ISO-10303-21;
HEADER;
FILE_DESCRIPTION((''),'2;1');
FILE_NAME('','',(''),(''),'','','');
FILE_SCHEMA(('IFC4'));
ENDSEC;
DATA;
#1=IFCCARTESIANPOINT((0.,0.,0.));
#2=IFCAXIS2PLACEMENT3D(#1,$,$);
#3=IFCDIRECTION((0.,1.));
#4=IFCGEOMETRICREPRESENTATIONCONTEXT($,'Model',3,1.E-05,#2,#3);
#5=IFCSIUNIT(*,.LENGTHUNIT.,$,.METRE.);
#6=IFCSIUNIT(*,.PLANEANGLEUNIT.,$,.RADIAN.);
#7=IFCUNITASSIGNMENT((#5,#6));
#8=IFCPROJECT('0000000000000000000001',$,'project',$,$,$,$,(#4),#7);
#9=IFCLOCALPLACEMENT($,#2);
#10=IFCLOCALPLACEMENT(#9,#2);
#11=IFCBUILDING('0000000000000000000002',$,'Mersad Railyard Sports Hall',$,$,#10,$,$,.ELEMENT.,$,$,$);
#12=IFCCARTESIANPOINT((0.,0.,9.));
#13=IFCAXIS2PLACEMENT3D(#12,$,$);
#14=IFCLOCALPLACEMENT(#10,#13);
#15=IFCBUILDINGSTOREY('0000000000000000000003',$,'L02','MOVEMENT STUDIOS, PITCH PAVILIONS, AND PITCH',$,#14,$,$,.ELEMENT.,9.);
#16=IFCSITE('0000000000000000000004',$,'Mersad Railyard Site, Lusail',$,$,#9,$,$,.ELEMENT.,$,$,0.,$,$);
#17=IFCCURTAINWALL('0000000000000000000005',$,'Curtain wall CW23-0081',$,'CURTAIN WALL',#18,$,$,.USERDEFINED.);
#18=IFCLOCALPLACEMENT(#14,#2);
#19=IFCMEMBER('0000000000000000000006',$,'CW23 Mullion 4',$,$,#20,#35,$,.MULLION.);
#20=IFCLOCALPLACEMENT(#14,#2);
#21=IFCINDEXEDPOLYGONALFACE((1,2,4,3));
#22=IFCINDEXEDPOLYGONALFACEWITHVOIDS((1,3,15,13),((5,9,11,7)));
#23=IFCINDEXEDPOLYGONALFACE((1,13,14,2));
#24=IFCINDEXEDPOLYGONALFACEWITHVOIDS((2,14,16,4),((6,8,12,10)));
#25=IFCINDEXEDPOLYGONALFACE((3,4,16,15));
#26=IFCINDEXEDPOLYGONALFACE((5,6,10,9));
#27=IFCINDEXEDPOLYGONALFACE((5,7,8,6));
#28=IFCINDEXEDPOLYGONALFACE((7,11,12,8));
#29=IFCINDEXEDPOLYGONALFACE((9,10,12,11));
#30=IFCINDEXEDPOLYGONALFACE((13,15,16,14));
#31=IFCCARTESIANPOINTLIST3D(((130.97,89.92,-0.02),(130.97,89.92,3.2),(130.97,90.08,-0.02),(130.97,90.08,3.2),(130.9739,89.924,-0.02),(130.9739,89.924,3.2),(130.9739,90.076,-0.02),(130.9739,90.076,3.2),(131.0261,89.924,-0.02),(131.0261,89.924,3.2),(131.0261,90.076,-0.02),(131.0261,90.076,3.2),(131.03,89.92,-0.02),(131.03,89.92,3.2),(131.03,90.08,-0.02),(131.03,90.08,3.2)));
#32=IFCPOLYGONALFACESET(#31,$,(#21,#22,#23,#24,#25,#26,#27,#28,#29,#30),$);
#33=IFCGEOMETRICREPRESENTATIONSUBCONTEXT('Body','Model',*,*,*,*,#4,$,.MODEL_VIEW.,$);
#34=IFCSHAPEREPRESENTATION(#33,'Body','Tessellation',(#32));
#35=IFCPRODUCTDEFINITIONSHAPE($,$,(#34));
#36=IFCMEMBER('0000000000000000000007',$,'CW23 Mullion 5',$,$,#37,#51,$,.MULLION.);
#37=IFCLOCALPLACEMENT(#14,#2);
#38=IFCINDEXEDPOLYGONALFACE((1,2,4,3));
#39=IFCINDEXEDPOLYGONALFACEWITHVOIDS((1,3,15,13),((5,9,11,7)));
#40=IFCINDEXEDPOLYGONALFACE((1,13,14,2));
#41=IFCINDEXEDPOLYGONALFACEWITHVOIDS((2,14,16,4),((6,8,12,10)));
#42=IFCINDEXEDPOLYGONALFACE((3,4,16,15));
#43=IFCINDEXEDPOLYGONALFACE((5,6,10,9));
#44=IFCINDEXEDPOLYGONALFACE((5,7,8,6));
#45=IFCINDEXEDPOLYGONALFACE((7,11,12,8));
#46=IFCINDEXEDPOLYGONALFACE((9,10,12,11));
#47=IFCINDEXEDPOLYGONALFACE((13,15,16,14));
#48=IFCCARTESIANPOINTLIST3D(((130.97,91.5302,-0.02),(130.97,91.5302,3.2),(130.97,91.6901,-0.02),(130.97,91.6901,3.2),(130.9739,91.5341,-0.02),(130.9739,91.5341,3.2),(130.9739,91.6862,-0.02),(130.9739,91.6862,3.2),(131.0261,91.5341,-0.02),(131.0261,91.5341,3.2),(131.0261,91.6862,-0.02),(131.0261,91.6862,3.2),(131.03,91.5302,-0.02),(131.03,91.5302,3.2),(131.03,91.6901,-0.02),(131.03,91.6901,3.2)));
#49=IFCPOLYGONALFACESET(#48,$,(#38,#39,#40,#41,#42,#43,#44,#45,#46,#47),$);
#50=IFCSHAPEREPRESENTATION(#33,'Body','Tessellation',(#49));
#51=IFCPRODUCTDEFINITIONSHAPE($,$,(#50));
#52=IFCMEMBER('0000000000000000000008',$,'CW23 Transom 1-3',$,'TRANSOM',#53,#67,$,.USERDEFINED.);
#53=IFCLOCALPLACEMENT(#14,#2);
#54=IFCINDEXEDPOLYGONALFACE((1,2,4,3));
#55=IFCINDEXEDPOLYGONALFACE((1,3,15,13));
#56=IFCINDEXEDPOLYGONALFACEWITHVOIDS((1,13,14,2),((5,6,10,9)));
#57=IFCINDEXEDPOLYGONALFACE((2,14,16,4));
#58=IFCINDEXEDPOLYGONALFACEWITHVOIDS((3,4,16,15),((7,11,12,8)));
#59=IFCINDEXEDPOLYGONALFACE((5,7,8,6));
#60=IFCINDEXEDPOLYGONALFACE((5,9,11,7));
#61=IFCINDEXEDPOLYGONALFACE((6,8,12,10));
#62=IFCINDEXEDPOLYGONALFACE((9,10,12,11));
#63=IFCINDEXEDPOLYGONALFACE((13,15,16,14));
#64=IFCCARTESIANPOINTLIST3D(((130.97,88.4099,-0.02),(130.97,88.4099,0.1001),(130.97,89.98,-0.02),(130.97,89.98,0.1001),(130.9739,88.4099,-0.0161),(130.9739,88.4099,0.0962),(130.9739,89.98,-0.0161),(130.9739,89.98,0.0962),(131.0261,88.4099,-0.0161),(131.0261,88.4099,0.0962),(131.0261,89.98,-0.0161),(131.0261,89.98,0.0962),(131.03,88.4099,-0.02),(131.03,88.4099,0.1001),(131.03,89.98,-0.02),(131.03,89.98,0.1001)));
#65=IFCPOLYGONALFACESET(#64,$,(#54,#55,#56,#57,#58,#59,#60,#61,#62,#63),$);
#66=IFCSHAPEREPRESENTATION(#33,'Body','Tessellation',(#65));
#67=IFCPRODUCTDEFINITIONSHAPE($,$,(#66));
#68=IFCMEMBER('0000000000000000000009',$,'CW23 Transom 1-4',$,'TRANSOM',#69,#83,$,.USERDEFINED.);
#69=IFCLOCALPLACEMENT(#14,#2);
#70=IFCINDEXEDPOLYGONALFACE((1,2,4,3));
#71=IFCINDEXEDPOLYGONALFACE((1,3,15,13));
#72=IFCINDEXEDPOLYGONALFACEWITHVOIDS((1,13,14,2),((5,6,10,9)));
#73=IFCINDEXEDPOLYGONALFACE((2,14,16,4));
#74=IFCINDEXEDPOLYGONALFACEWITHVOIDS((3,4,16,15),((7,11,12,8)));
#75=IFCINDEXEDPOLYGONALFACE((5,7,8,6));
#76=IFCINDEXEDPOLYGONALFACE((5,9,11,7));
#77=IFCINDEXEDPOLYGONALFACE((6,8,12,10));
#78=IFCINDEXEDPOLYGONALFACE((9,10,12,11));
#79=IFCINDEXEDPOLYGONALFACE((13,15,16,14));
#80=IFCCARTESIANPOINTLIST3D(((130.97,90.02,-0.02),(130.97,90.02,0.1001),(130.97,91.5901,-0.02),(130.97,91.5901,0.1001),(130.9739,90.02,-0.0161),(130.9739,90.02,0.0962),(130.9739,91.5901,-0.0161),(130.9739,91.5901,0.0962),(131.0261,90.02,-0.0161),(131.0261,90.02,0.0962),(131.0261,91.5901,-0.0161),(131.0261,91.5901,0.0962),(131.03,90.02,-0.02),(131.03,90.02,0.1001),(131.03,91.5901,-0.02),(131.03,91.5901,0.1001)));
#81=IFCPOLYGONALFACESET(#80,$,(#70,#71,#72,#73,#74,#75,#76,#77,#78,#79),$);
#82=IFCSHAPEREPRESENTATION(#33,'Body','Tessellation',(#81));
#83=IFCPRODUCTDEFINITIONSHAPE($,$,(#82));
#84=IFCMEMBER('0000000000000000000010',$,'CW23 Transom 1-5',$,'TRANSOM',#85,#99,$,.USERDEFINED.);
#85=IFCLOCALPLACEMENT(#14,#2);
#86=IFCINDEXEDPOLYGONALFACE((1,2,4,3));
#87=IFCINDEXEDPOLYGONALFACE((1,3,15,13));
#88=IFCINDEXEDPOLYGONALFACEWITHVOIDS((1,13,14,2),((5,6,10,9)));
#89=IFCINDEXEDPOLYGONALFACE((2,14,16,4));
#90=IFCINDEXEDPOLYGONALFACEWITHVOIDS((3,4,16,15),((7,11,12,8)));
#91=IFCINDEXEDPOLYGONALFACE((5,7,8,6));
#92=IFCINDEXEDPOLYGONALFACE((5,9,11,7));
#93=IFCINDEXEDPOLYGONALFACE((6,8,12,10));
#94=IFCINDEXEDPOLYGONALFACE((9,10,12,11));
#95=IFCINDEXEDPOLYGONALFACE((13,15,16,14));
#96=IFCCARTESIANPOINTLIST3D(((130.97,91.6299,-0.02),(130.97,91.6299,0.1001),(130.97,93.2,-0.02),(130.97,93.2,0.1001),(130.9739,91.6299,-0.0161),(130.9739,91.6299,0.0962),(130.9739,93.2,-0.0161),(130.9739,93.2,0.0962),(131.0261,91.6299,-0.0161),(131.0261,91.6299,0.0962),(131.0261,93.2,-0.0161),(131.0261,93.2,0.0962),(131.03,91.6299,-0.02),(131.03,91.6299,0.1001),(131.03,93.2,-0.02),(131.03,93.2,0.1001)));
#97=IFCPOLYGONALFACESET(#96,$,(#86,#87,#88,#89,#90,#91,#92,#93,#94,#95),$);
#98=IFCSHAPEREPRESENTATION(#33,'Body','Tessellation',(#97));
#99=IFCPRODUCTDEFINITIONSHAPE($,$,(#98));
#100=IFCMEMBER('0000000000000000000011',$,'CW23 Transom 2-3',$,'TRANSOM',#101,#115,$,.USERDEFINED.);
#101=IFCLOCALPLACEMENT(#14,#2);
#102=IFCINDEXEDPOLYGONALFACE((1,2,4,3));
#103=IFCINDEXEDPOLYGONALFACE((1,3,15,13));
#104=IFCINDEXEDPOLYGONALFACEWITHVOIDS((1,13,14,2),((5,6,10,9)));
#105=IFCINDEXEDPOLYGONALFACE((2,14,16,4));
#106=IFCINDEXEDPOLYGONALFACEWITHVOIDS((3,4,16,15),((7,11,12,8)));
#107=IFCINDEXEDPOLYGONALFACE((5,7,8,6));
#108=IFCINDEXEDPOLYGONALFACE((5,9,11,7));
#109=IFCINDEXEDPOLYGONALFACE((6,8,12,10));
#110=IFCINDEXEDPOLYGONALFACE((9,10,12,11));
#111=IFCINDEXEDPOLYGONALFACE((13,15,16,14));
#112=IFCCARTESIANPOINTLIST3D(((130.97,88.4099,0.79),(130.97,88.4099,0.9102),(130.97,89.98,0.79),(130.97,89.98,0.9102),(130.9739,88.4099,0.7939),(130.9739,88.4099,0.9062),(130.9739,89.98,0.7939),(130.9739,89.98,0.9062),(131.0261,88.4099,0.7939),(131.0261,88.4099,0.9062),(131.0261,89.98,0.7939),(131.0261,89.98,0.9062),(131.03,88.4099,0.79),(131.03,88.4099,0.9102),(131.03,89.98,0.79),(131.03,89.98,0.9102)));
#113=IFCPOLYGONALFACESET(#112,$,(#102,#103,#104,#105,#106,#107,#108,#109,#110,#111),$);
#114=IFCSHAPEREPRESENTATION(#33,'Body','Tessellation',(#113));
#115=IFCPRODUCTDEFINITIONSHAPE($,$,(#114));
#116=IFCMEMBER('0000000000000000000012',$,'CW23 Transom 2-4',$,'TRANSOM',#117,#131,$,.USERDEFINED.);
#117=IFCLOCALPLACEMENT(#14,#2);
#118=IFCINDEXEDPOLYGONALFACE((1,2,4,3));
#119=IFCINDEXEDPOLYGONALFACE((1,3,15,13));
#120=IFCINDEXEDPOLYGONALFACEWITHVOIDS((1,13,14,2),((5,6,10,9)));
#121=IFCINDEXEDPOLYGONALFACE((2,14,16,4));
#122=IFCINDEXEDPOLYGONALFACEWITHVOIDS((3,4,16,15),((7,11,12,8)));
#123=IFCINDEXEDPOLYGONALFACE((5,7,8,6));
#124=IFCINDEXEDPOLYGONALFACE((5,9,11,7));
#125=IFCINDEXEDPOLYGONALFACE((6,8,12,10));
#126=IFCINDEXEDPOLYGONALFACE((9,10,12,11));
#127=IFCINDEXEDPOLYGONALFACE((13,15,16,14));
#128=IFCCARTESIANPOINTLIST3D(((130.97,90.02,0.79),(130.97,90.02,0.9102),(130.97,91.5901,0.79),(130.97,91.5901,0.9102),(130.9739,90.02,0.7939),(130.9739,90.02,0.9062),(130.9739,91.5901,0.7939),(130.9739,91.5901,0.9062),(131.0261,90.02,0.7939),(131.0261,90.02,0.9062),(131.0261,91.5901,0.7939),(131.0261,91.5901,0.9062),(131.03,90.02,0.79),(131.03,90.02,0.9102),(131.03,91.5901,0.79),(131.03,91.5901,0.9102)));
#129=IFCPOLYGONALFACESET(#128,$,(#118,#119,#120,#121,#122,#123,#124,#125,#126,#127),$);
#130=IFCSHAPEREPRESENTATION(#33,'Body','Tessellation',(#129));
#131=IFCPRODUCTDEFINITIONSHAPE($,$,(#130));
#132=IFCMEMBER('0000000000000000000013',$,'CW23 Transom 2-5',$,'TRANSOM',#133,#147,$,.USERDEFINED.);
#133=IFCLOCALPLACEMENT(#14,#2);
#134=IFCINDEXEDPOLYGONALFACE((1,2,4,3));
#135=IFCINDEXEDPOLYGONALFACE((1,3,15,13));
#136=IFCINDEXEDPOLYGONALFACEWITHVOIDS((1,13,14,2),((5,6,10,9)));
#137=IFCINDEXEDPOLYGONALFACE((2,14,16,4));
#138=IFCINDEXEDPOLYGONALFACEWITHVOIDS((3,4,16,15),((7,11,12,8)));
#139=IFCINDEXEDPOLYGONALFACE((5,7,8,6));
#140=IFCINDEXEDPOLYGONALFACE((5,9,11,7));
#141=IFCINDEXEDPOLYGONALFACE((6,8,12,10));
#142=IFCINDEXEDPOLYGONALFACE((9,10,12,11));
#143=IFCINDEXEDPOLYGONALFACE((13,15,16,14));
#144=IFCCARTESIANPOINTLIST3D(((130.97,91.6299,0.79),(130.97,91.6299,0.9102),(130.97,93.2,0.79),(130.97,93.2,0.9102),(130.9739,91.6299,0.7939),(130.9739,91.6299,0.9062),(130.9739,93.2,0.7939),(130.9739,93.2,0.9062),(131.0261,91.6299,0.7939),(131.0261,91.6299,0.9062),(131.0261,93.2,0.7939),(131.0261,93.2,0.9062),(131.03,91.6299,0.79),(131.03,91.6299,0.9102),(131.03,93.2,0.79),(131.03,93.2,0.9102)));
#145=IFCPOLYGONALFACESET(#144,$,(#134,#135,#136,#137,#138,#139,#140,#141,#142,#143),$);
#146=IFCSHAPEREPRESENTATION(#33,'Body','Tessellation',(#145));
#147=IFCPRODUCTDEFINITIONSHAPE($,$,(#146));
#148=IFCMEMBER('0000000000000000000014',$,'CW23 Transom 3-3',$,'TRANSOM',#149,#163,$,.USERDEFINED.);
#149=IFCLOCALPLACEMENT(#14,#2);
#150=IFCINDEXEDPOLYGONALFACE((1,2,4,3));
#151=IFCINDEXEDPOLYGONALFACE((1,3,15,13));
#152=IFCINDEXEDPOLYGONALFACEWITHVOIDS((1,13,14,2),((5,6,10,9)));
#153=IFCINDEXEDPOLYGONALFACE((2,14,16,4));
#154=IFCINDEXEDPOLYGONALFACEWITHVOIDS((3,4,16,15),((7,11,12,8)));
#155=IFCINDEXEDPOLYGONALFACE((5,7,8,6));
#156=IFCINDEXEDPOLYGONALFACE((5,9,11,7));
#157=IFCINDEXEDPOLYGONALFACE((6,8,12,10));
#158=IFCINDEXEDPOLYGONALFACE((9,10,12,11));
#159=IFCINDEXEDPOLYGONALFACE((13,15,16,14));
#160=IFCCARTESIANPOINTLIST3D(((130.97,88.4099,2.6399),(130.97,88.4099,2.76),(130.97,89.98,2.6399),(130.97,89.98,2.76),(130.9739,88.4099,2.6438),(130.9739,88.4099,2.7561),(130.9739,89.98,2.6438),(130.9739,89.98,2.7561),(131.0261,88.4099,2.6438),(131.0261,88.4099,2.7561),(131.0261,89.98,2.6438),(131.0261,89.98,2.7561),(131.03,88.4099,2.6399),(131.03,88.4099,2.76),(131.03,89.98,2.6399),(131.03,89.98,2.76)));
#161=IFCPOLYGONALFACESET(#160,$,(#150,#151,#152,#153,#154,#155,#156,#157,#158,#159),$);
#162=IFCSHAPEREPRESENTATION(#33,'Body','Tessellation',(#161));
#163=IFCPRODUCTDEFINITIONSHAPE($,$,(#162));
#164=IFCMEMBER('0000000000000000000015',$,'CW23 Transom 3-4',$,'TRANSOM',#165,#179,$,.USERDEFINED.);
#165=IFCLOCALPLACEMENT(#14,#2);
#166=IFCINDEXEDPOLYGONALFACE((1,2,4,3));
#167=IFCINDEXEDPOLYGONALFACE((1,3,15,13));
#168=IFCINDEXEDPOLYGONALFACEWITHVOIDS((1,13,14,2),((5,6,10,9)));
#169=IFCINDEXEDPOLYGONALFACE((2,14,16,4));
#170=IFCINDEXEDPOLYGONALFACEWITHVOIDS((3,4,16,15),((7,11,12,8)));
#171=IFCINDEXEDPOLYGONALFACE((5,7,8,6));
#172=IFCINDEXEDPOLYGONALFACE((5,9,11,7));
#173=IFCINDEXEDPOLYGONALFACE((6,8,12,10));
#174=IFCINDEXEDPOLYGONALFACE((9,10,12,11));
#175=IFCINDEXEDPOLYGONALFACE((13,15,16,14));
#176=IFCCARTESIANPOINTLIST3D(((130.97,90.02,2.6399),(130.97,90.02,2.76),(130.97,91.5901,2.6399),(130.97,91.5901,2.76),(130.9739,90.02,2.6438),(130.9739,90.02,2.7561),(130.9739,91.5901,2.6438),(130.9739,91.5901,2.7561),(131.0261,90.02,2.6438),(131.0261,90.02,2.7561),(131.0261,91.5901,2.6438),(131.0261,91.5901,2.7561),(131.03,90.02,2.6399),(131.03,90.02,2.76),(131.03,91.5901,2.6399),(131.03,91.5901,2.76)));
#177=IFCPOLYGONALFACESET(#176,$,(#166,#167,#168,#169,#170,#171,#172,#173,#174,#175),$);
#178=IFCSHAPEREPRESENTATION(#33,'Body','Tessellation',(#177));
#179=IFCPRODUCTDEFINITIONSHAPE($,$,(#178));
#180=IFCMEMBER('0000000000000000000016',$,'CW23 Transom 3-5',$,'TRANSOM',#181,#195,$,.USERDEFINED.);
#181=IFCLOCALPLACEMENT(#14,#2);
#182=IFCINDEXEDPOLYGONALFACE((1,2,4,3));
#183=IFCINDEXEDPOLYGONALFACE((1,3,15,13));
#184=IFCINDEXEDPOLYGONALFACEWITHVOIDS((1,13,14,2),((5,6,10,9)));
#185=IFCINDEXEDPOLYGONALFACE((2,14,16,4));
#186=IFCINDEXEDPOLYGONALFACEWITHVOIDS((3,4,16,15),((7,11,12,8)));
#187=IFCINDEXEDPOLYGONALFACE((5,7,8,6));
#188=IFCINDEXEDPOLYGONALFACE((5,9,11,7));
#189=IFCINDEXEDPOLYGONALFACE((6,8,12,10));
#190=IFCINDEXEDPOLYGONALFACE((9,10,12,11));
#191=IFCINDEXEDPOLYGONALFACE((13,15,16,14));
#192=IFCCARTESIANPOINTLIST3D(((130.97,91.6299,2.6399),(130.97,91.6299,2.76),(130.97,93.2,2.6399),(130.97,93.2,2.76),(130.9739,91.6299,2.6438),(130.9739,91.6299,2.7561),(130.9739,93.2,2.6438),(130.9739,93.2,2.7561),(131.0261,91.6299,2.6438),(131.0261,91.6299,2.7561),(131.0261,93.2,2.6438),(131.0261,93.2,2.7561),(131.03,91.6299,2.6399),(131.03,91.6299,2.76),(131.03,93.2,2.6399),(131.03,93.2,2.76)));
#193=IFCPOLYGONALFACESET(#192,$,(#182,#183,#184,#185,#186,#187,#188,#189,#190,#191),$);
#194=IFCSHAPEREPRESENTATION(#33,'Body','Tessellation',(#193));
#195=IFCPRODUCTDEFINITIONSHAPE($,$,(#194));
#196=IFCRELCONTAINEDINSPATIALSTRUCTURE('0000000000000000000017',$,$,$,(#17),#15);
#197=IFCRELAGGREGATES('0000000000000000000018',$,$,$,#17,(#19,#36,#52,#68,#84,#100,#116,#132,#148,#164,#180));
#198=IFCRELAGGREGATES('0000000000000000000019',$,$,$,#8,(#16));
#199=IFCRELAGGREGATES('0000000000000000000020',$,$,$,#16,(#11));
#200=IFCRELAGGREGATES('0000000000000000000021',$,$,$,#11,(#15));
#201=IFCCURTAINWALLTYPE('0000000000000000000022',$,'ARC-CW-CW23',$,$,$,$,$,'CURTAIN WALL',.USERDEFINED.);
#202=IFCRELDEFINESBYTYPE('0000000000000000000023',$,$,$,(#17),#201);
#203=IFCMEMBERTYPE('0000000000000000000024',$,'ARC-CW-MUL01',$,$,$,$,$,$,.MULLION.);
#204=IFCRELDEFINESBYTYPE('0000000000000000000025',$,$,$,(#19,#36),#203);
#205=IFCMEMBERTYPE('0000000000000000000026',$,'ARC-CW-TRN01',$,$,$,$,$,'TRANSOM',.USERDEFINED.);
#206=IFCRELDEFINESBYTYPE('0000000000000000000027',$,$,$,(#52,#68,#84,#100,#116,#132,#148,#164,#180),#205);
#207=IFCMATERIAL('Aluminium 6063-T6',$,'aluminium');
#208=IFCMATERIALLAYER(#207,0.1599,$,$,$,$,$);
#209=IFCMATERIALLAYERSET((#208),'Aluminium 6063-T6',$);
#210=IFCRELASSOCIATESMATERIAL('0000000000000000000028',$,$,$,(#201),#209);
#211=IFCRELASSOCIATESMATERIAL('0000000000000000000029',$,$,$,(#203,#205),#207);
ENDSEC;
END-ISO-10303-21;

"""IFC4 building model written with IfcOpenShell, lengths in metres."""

from ifc_helpers import new_model, si_unit, direction, frame, origin, origin_2d, place, context, subcontext, project, spatial, hollow_rectangle, extrude, material, layer, layer_set, material_profile, profile_set, type_object, element, aggregate, save


model = new_model("IFC4")

# Units and contexts
model_context = context("Model", 3, precision=1e-05, world=origin(), true_north=direction((0.0, 1.0)))
body_context = subcontext(model_context, "Body", "Model", "MODEL_VIEW")
ifc_project = project(units=[si_unit("LENGTHUNIT", "METRE"), si_unit("PLANEANGLEUNIT", "RADIAN")], contexts=[model_context])

# Site, building, storey
site_placement = place(None, origin())
site = spatial("IfcSite", under=ifc_project, at=site_placement, Name="Mersad Railyard Site, Lusail", CompositionType="ELEMENT", RefElevation=0.0)
building_placement = place(site_placement, origin())
building = spatial("IfcBuilding", under=site, at=building_placement, Name="Mersad Railyard Sports Hall", CompositionType="ELEMENT")
storey_placement = place(building_placement, frame((0.0, 0.0, 9.0)))
storey = spatial("IfcBuildingStorey", under=building, at=storey_placement, Name="L02", Description="MOVEMENT STUDIOS, PITCH PAVILIONS, AND PITCH", CompositionType="ELEMENT", Elevation=9.0)

# Curtain wall, members
ifc_material_1 = material(Name="Aluminium 6063-T6", Category="aluminium")
ifc_layer_1 = layer(ifc_material_1, 0.1599)
ifc_layer_set_1 = layer_set([ifc_layer_1], Name="Aluminium 6063-T6")
curtain_wall_type = type_object("IfcCurtainWallType", Name="ARC-CW-CW23", ElementType="CURTAIN WALL", PredefinedType="USERDEFINED", material=ifc_layer_set_1)
curtain_wall_placement = place(storey_placement, origin())
curtain_wall = element("IfcCurtainWall", 1, at=curtain_wall_placement, inside=storey, type_object=curtain_wall_type, Name="Curtain wall CW23-0081", ObjectType="CURTAIN WALL", PredefinedType="USERDEFINED")
ifc_material_profile_1 = material_profile(ifc_material_1, hollow_rectangle(XDim=0.0601, YDim=0.1599, WallThickness=0.0039, at=origin_2d()), Name="AL MULLION 60x160x4")
ifc_profile_set_1 = profile_set([ifc_material_profile_1], Name="Aluminium 6063-T6")
member_type_1 = type_object("IfcMemberType", Name="ARC-CW-MUL01", PredefinedType="MULLION", material=ifc_profile_set_1)
member_1_placement = place(storey_placement, frame((131.0, 90.0, -0.02), z_axis=(0.0, 0.0, 1.0), x_axis=(1.0, 0.0, 0.0)))
member_1 = element("IfcMember", 2, at=member_1_placement, type_object=member_type_1, Name="CW23 Mullion 4", PredefinedType="MULLION", context=body_context, shape_type="SweptSolid", body=[
    extrude(hollow_rectangle(XDim=0.0601, YDim=0.1599, WallThickness=0.0039, at=origin_2d()), origin(), (0.0, 0.0, 1.0), 3.22),
])
member_2_placement = place(storey_placement, frame((131.0, 91.6101, -0.02), z_axis=(0.0, 0.0, 1.0), x_axis=(1.0, 0.0, 0.0)))
member_2 = element("IfcMember", 3, at=member_2_placement, type_object=member_type_1, Name="CW23 Mullion 5", PredefinedType="MULLION", context=body_context, shape_type="SweptSolid", body=[
    extrude(hollow_rectangle(XDim=0.0601, YDim=0.1599, WallThickness=0.0039, at=origin_2d()), origin(), (0.0, 0.0, 1.0), 3.22),
])
ifc_material_profile_2 = material_profile(ifc_material_1, hollow_rectangle(XDim=0.0601, YDim=0.1201, WallThickness=0.0039, at=origin_2d()), Name="AL TRANSOM 60x120x4")
ifc_profile_set_2 = profile_set([ifc_material_profile_2], Name="Aluminium 6063-T6")
member_type_2 = type_object("IfcMemberType", Name="ARC-CW-TRN01", ElementType="TRANSOM", PredefinedType="USERDEFINED", material=ifc_profile_set_2)
member_3_placement = place(storey_placement, frame((131.0, 88.4099, 0.04), z_axis=(0.0, 1.0, 0.0), x_axis=(-1.0, 0.0, 0.0)))
member_3 = element("IfcMember", 4, at=member_3_placement, type_object=member_type_2, Name="CW23 Transom 1-3", ObjectType="TRANSOM", PredefinedType="USERDEFINED", context=body_context, shape_type="SweptSolid", body=[
    extrude(hollow_rectangle(XDim=0.0601, YDim=0.1201, WallThickness=0.0039, at=origin_2d()), origin(), (0.0, 0.0, 1.0), 1.5701),
])
member_4_placement = place(storey_placement, frame((131.0, 90.02, 0.04), z_axis=(0.0, 1.0, 0.0), x_axis=(-1.0, 0.0, 0.0)))
member_4 = element("IfcMember", 5, at=member_4_placement, type_object=member_type_2, Name="CW23 Transom 1-4", ObjectType="TRANSOM", PredefinedType="USERDEFINED", context=body_context, shape_type="SweptSolid", body=[
    extrude(hollow_rectangle(XDim=0.0601, YDim=0.1201, WallThickness=0.0039, at=origin_2d()), origin(), (0.0, 0.0, 1.0), 1.5701),
])
member_5_placement = place(storey_placement, frame((131.0, 91.6299, 0.04), z_axis=(0.0, 1.0, 0.0), x_axis=(-1.0, 0.0, 0.0)))
member_5 = element("IfcMember", 6, at=member_5_placement, type_object=member_type_2, Name="CW23 Transom 1-5", ObjectType="TRANSOM", PredefinedType="USERDEFINED", context=body_context, shape_type="SweptSolid", body=[
    extrude(hollow_rectangle(XDim=0.0601, YDim=0.1201, WallThickness=0.0039, at=origin_2d()), origin(), (0.0, 0.0, 1.0), 1.5701),
])
member_6_placement = place(storey_placement, frame((131.0, 88.4099, 0.8501), z_axis=(0.0, 1.0, 0.0), x_axis=(-1.0, 0.0, 0.0)))
member_6 = element("IfcMember", 7, at=member_6_placement, type_object=member_type_2, Name="CW23 Transom 2-3", ObjectType="TRANSOM", PredefinedType="USERDEFINED", context=body_context, shape_type="SweptSolid", body=[
    extrude(hollow_rectangle(XDim=0.0601, YDim=0.1201, WallThickness=0.0039, at=origin_2d()), origin(), (0.0, 0.0, 1.0), 1.5701),
])
member_7_placement = place(storey_placement, frame((131.0, 90.02, 0.8501), z_axis=(0.0, 1.0, 0.0), x_axis=(-1.0, 0.0, 0.0)))
member_7 = element("IfcMember", 8, at=member_7_placement, type_object=member_type_2, Name="CW23 Transom 2-4", ObjectType="TRANSOM", PredefinedType="USERDEFINED", context=body_context, shape_type="SweptSolid", body=[
    extrude(hollow_rectangle(XDim=0.0601, YDim=0.1201, WallThickness=0.0039, at=origin_2d()), origin(), (0.0, 0.0, 1.0), 1.5701),
])
member_8_placement = place(storey_placement, frame((131.0, 91.6299, 0.8501), z_axis=(0.0, 1.0, 0.0), x_axis=(-1.0, 0.0, 0.0)))
member_8 = element("IfcMember", 9, at=member_8_placement, type_object=member_type_2, Name="CW23 Transom 2-5", ObjectType="TRANSOM", PredefinedType="USERDEFINED", context=body_context, shape_type="SweptSolid", body=[
    extrude(hollow_rectangle(XDim=0.0601, YDim=0.1201, WallThickness=0.0039, at=origin_2d()), origin(), (0.0, 0.0, 1.0), 1.5701),
])
member_9_placement = place(storey_placement, frame((131.0, 88.4099, 2.7), z_axis=(0.0, 1.0, 0.0), x_axis=(-1.0, 0.0, 0.0)))
member_9 = element("IfcMember", 10, at=member_9_placement, type_object=member_type_2, Name="CW23 Transom 3-3", ObjectType="TRANSOM", PredefinedType="USERDEFINED", context=body_context, shape_type="SweptSolid", body=[
    extrude(hollow_rectangle(XDim=0.0601, YDim=0.1201, WallThickness=0.0039, at=origin_2d()), origin(), (0.0, 0.0, 1.0), 1.5701),
])
member_10_placement = place(storey_placement, frame((131.0, 90.02, 2.7), z_axis=(0.0, 1.0, 0.0), x_axis=(-1.0, 0.0, 0.0)))
member_10 = element("IfcMember", 11, at=member_10_placement, type_object=member_type_2, Name="CW23 Transom 3-4", ObjectType="TRANSOM", PredefinedType="USERDEFINED", context=body_context, shape_type="SweptSolid", body=[
    extrude(hollow_rectangle(XDim=0.0601, YDim=0.1201, WallThickness=0.0039, at=origin_2d()), origin(), (0.0, 0.0, 1.0), 1.5701),
])
member_11_placement = place(storey_placement, frame((131.0, 91.6299, 2.7), z_axis=(0.0, 1.0, 0.0), x_axis=(-1.0, 0.0, 0.0)))
member_11 = element("IfcMember", 12, at=member_11_placement, type_object=member_type_2, Name="CW23 Transom 3-5", ObjectType="TRANSOM", PredefinedType="USERDEFINED", context=body_context, shape_type="SweptSolid", body=[
    extrude(hollow_rectangle(XDim=0.0601, YDim=0.1201, WallThickness=0.0039, at=origin_2d()), origin(), (0.0, 0.0, 1.0), 1.5701),
])
aggregate(curtain_wall, [member_1, member_2, member_3, member_4, member_5, member_6, member_7, member_8, member_9, member_10, member_11])

save(model, "model.ifc")
